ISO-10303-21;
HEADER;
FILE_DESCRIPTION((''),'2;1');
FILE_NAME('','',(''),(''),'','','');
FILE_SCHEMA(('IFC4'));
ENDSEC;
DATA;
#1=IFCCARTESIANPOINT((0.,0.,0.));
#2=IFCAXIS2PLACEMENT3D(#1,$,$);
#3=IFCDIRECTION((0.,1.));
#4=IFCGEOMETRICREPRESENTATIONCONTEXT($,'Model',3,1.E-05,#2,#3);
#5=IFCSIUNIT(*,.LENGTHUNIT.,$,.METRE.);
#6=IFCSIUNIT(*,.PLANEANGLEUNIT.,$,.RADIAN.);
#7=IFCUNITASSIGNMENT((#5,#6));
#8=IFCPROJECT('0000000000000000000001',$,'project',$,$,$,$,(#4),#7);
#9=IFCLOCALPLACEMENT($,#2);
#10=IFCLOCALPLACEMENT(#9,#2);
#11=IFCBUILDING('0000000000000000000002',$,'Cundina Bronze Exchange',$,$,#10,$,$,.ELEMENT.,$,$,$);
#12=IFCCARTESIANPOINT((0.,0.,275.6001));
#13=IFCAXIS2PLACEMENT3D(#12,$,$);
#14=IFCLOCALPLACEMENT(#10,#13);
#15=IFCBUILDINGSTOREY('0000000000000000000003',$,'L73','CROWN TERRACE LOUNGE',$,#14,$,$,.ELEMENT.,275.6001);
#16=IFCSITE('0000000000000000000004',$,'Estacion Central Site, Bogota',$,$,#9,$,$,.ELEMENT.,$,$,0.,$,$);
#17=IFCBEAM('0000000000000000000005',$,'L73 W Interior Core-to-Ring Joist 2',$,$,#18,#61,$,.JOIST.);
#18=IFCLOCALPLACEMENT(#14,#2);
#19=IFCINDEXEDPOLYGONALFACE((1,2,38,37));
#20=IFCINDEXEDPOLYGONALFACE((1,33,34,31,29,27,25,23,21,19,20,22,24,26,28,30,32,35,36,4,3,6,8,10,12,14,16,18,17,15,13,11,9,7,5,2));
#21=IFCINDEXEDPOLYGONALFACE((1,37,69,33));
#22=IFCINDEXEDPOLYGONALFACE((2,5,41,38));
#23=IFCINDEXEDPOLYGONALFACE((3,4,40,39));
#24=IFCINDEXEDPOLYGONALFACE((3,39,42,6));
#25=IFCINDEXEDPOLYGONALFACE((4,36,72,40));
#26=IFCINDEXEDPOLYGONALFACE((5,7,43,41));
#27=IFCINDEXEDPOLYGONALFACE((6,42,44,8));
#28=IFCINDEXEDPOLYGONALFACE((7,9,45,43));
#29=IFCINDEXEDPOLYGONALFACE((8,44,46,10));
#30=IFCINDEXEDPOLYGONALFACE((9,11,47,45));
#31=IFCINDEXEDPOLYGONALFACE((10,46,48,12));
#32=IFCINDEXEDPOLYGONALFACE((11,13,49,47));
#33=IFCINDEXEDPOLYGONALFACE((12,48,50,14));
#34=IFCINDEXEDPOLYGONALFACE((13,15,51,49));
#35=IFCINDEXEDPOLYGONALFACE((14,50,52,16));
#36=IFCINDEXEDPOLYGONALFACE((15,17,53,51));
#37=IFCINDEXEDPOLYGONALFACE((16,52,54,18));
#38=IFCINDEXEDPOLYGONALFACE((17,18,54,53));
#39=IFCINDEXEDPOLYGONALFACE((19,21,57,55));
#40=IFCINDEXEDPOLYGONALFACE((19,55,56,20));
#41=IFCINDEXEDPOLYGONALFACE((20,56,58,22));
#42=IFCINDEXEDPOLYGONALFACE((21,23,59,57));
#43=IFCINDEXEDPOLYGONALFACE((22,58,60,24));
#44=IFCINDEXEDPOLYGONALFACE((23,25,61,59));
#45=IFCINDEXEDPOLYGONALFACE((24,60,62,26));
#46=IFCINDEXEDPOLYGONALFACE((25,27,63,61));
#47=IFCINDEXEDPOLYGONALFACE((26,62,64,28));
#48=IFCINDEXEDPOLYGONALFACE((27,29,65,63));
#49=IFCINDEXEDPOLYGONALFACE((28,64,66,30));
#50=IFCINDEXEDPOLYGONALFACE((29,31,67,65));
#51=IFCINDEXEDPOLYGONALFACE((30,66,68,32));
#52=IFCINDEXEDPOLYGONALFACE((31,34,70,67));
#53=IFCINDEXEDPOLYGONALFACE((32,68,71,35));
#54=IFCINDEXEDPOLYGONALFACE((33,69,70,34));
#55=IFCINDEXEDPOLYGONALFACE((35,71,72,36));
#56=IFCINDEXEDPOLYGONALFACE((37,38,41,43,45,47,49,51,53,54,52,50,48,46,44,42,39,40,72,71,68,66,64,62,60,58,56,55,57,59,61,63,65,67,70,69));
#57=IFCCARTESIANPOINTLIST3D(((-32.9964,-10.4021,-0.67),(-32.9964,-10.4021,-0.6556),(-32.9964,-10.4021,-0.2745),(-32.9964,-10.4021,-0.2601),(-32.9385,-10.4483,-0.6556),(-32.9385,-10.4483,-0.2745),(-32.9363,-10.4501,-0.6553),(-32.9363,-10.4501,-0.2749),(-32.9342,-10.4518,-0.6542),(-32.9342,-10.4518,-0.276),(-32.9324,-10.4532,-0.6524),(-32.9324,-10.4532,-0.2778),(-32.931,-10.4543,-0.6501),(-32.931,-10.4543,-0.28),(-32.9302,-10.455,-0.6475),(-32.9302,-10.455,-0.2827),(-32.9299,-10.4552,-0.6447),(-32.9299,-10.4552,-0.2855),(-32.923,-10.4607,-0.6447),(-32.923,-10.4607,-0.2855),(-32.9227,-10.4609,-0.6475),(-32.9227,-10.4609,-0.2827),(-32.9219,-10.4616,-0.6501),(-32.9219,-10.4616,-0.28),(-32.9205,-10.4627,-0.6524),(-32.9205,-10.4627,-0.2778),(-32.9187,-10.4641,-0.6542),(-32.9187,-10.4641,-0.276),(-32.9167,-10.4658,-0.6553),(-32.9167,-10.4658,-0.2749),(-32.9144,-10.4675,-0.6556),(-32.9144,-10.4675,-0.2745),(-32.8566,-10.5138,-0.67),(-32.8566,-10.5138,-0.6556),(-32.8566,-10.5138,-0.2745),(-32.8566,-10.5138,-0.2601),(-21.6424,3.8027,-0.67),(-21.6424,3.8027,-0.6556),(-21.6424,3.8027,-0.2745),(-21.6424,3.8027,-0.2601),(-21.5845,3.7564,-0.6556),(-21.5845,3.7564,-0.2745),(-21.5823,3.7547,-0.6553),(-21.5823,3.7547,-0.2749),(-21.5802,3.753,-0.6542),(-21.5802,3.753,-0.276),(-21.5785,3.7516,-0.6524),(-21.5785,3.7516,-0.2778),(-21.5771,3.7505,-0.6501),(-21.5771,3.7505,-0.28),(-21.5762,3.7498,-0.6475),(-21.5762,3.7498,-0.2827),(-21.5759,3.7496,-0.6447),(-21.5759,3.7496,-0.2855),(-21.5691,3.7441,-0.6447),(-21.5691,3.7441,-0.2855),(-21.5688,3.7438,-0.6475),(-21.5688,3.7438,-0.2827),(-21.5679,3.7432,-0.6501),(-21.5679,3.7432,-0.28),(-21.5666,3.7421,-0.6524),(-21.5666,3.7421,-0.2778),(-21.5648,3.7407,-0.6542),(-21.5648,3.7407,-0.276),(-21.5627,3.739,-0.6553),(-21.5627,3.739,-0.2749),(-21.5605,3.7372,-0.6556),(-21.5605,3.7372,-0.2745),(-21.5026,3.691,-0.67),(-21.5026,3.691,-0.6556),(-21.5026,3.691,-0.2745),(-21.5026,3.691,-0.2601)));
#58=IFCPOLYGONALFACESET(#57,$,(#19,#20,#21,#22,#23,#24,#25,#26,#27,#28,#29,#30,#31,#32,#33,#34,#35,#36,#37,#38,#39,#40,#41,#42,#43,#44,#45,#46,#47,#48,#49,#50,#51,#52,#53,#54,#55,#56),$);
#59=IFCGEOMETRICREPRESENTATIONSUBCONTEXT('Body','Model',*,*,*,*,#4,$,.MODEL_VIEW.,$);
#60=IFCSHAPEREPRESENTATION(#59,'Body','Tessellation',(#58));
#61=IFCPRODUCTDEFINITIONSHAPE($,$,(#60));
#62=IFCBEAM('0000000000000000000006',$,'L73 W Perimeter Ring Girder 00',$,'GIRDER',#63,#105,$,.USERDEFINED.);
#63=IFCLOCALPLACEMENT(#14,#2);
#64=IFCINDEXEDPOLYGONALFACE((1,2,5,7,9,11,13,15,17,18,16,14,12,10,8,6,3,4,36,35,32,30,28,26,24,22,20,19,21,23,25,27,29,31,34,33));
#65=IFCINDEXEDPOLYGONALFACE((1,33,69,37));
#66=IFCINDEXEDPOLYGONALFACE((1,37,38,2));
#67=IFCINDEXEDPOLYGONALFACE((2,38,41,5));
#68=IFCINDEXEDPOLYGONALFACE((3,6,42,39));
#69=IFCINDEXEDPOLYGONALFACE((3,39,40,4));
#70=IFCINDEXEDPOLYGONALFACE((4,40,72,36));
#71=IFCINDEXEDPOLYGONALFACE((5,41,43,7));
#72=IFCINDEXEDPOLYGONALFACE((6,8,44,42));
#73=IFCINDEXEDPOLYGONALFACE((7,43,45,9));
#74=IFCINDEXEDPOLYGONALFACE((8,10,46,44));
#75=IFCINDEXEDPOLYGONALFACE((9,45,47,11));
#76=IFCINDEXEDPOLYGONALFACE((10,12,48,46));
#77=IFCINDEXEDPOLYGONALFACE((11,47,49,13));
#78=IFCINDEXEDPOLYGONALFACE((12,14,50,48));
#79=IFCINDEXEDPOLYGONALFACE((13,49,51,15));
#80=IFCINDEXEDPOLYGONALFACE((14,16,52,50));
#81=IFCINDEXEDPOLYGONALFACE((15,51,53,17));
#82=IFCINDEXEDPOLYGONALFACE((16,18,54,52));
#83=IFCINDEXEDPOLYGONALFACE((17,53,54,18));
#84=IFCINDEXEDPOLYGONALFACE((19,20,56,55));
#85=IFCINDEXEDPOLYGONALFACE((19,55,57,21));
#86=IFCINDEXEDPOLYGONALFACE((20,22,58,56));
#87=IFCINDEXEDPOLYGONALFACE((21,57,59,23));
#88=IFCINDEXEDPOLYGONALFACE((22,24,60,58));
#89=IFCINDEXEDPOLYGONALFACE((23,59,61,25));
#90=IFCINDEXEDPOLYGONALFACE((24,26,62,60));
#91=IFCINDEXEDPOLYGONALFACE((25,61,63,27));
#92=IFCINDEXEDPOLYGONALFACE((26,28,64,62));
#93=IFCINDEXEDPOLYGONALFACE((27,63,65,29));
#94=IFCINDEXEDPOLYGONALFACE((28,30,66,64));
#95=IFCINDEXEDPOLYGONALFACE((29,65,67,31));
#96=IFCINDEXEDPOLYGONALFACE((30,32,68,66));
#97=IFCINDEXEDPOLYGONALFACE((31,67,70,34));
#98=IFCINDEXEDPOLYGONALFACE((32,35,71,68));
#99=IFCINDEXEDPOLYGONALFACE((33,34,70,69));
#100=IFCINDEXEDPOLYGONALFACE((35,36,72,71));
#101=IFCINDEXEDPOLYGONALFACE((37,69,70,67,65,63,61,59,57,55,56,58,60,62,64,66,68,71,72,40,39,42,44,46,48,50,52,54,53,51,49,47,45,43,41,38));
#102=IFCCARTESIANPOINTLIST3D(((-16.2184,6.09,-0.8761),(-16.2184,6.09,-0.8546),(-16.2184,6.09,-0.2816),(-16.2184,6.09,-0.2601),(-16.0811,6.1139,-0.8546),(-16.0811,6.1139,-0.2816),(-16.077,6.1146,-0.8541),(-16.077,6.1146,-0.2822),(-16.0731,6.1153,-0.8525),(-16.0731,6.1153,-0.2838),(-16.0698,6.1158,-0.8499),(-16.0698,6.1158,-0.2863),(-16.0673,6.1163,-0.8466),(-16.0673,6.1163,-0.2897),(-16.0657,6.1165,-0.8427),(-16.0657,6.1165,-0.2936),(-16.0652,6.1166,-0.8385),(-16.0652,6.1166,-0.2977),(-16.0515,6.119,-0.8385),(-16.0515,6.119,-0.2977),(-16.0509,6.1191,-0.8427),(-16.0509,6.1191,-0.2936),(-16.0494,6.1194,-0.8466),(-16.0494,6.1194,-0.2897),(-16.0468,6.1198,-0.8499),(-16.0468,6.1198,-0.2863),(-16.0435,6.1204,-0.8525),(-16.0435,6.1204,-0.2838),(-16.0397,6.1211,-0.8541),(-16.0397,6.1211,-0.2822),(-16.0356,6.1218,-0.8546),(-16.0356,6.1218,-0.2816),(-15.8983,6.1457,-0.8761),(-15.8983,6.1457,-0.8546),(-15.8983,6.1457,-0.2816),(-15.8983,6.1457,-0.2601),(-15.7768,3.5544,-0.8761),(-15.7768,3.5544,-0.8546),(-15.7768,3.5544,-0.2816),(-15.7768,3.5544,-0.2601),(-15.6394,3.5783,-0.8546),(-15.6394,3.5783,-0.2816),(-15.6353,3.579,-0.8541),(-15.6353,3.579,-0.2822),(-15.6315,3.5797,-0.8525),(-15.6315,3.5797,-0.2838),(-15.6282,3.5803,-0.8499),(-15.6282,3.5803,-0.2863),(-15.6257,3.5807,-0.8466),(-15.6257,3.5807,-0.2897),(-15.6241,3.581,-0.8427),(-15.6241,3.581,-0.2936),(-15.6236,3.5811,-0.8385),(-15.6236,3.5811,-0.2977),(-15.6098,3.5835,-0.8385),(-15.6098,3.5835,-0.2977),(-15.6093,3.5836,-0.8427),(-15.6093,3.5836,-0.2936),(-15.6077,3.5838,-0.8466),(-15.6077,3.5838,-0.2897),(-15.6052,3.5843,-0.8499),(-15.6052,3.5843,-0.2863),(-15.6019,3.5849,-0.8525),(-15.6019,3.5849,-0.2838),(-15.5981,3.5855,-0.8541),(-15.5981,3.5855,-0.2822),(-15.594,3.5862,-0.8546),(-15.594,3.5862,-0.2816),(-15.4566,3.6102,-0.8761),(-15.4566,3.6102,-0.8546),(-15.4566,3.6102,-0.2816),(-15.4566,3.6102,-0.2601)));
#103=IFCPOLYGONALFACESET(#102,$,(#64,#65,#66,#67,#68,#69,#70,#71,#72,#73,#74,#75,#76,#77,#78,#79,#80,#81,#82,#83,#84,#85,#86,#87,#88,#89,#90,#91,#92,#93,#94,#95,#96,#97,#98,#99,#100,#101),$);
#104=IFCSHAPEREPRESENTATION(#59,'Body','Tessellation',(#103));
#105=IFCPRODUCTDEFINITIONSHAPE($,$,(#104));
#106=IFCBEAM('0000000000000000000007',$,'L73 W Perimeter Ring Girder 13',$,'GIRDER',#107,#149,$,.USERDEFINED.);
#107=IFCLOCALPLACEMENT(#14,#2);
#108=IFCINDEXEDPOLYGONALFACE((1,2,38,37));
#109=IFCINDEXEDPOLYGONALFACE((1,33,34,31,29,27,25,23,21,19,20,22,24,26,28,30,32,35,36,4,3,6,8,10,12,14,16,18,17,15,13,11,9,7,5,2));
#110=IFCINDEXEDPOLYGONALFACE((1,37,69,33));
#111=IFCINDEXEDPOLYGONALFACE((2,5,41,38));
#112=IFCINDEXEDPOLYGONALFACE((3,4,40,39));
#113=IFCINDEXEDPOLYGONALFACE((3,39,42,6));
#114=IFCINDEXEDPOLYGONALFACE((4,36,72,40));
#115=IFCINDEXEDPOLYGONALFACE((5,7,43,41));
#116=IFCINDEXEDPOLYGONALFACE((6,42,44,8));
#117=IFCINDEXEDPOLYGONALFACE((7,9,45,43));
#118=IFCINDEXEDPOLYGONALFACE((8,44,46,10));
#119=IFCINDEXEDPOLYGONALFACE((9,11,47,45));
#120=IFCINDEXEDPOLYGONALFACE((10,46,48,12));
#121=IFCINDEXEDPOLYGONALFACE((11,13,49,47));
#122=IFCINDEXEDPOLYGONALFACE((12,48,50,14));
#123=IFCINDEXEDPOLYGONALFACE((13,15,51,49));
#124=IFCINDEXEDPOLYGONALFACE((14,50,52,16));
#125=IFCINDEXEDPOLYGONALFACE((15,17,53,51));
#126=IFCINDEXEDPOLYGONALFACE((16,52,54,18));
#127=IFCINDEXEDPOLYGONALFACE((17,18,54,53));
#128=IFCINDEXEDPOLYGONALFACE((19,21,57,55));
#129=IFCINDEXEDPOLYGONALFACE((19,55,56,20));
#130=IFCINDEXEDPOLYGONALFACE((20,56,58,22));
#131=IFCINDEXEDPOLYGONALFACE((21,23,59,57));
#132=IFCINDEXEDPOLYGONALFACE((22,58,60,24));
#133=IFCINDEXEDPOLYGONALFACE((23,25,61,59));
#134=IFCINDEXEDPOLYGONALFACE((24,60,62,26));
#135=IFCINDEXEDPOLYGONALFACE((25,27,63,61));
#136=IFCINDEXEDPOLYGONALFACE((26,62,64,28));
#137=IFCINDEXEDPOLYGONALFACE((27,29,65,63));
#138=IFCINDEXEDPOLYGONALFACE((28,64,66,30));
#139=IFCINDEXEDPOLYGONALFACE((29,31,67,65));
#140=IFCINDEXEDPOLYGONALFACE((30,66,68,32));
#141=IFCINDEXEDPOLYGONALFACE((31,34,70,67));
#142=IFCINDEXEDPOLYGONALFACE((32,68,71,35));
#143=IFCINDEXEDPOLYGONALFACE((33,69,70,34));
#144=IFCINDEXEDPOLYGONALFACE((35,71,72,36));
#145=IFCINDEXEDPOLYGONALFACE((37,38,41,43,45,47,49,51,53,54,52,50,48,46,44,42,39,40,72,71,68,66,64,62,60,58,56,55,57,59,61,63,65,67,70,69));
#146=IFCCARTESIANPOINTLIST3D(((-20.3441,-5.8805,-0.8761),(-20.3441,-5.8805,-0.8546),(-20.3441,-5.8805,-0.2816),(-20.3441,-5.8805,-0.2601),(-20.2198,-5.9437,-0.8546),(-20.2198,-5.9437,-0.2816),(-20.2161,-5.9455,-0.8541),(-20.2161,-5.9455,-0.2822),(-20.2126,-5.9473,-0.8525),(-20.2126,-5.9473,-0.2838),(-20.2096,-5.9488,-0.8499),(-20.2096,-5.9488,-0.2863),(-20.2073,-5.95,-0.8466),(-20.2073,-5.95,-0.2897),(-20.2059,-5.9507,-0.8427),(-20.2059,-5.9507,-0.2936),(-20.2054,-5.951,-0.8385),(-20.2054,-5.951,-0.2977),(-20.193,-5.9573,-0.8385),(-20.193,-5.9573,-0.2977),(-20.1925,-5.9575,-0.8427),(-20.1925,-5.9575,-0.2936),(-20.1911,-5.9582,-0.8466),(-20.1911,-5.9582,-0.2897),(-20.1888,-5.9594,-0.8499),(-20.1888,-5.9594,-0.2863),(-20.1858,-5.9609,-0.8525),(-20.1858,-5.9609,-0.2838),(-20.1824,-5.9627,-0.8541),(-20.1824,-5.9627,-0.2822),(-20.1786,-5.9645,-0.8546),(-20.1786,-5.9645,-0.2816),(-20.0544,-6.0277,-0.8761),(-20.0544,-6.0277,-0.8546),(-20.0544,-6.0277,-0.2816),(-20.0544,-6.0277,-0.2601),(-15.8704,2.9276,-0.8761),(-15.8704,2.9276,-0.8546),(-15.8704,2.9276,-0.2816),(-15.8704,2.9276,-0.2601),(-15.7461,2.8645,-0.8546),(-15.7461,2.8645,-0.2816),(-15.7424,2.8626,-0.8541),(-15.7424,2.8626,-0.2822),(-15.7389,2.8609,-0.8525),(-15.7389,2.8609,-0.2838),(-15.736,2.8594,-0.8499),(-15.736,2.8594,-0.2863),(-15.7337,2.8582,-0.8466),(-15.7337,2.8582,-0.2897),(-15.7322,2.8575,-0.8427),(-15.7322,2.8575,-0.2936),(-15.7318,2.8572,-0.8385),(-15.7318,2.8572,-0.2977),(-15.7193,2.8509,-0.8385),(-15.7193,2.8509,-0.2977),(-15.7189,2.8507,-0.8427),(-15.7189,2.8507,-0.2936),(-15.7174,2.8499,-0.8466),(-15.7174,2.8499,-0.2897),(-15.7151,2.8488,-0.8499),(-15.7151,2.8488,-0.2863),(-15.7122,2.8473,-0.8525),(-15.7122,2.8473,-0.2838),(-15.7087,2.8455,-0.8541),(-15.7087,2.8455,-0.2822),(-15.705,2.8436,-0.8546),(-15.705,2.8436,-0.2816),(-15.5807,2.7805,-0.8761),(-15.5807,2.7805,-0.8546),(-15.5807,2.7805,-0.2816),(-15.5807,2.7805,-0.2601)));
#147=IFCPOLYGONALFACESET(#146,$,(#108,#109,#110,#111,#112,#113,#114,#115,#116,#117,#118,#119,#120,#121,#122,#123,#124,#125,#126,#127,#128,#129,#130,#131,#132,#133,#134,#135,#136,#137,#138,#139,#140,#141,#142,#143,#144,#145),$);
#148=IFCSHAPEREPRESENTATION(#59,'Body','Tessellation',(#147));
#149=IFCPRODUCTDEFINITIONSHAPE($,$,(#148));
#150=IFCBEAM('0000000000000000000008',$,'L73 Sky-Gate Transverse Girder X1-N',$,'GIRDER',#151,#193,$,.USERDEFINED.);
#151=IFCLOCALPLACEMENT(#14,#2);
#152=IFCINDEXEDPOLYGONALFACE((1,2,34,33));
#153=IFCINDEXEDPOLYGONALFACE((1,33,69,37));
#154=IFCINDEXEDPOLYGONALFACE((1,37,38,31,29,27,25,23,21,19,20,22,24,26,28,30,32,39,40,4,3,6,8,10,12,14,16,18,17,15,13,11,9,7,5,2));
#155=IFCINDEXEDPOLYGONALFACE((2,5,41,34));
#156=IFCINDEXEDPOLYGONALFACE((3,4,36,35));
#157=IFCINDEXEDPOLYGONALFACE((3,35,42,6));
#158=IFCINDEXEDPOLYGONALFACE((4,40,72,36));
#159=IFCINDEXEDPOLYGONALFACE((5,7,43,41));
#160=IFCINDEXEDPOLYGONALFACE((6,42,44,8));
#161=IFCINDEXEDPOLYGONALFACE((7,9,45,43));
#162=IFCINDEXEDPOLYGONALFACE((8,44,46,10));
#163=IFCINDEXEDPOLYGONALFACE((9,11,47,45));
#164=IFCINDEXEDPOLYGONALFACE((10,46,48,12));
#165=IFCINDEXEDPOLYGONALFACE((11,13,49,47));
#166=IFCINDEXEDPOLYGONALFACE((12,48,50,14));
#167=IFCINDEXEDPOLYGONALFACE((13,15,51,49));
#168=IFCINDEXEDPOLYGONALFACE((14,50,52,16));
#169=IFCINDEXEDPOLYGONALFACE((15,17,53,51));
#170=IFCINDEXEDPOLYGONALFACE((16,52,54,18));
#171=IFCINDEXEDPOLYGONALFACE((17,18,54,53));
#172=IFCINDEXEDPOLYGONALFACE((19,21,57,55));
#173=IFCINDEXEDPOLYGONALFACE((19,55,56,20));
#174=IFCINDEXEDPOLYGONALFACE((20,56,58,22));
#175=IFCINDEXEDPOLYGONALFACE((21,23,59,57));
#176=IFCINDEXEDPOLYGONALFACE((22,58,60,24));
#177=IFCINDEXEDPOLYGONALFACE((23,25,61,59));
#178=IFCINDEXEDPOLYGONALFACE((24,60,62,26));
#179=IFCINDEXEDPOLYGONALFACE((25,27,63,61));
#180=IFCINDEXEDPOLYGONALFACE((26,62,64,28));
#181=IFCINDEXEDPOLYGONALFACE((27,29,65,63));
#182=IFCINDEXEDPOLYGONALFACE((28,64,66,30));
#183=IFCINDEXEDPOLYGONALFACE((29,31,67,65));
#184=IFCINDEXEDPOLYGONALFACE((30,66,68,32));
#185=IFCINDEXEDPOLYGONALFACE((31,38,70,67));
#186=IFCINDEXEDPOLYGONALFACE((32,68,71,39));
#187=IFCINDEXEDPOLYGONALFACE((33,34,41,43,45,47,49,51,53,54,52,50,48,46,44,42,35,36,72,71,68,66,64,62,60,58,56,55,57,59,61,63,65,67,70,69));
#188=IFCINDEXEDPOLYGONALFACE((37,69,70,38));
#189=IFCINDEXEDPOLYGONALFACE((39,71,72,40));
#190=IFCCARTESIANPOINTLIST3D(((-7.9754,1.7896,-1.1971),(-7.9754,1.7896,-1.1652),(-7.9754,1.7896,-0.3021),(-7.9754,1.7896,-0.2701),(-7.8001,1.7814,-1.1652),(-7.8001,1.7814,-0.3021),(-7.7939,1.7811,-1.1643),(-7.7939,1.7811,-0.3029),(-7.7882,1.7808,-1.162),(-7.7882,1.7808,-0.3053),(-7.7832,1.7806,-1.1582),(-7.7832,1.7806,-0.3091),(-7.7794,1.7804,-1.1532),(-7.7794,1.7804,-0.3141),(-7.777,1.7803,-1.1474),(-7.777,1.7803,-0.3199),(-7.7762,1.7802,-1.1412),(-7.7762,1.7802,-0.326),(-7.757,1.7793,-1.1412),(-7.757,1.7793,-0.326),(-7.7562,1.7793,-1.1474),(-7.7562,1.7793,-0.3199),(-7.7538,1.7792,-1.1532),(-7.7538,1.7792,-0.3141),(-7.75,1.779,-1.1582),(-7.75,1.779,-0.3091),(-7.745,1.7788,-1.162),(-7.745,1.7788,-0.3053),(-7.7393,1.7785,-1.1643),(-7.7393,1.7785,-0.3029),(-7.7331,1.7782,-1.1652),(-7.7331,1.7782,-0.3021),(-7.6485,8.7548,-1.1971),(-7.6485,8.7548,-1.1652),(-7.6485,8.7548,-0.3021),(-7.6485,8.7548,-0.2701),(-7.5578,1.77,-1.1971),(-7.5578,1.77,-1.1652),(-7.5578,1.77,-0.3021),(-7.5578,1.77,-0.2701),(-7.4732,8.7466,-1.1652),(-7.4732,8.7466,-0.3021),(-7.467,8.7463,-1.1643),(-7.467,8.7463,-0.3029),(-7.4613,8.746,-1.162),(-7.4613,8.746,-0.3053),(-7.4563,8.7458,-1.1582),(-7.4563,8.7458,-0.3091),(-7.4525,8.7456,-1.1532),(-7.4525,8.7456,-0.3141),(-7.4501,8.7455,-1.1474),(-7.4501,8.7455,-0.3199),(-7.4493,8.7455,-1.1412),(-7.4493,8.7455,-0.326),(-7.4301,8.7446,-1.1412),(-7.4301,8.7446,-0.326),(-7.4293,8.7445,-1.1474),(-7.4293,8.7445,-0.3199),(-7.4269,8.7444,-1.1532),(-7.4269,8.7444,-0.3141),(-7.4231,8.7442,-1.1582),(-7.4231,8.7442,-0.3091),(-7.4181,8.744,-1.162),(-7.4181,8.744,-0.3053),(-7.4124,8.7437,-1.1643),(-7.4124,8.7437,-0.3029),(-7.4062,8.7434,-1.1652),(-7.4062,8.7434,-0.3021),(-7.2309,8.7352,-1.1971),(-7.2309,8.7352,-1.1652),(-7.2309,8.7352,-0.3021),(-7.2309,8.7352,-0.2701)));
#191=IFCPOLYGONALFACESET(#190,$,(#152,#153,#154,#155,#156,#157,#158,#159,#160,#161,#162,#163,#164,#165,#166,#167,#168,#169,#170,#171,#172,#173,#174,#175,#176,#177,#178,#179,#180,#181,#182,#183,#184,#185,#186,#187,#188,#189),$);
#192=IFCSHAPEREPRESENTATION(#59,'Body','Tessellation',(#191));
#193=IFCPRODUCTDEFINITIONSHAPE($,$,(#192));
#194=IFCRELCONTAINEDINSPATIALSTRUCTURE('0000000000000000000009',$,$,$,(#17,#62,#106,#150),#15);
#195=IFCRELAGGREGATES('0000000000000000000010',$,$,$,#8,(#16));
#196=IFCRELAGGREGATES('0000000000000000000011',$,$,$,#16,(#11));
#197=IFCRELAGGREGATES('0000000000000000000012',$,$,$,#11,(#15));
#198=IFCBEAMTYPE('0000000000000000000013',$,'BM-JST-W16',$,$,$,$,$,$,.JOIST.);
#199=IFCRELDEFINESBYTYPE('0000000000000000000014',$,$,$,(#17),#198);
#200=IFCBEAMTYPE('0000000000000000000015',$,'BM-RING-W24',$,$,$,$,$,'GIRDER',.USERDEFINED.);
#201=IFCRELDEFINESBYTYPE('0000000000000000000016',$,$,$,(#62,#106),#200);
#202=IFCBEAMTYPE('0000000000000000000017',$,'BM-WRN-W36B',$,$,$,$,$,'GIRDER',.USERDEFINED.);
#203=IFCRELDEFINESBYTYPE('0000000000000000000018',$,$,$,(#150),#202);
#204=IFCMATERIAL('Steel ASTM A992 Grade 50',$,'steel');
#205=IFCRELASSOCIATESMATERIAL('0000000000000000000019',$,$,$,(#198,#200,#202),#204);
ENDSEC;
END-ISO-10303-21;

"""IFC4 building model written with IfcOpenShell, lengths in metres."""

from ifc_helpers import new_model, si_unit, direction, frame, origin, origin_2d, place, context, subcontext, project, spatial, i_section, extrude, material, material_profile, profile_set, type_object, element, save


model = new_model("IFC4")

# Units and contexts
model_context = context("Model", 3, precision=1e-05, world=origin(), true_north=direction((0.0, 1.0)))
body_context = subcontext(model_context, "Body", "Model", "MODEL_VIEW")
ifc_project = project(units=[si_unit("LENGTHUNIT", "METRE"), si_unit("PLANEANGLEUNIT", "RADIAN")], contexts=[model_context])

# Site, building, storey
site_placement = place(None, origin())
site = spatial("IfcSite", under=ifc_project, at=site_placement, Name="Estacion Central Site, Bogota", CompositionType="ELEMENT", RefElevation=0.0)
building_placement = place(site_placement, origin())
building = spatial("IfcBuilding", under=site, at=building_placement, Name="Cundina Bronze Exchange", CompositionType="ELEMENT")
storey_placement = place(building_placement, frame((0.0, 0.0, 275.6001)))
storey = spatial("IfcBuildingStorey", under=building, at=storey_placement, Name="L73", Description="CROWN TERRACE LOUNGE", CompositionType="ELEMENT", Elevation=275.6001)

# Beams
ifc_material_1 = material(Name="Steel ASTM A992 Grade 50", Category="steel")
ifc_material_profile_1 = material_profile(ifc_material_1, i_section(OverallWidth=0.179, OverallDepth=0.4099, WebThickness=0.0088, FlangeThickness=0.0144, FilletRadius=0.011, at=origin_2d()), Name="W16X45", Category="steel")
ifc_profile_set_1 = profile_set([ifc_material_profile_1], Name="Steel ASTM A992 Grade 50")
beam_type_1 = type_object("IfcBeamType", Name="BM-JST-W16", PredefinedType="JOIST", material=ifc_profile_set_1)
beam_1_placement = place(storey_placement, frame((-21.5725, 3.7468, -0.4651), z_axis=(-0.624364, -0.781133, 0.0), x_axis=(0.781133, -0.624364, 0.0)))
element("IfcBeam", 1, at=beam_1_placement, inside=storey, type_object=beam_type_1, Name="L73 W Interior Core-to-Ring Joist 2", PredefinedType="JOIST", context=body_context, shape_type="SweptSolid", body=[
    extrude(i_section(OverallWidth=0.179, OverallDepth=0.4099, WebThickness=0.0088, FlangeThickness=0.0144, FilletRadius=0.011, at=origin_2d()), origin(), (0.0, 0.0, 1.0), 18.1848),
])
ifc_material_profile_2 = material_profile(ifc_material_1, i_section(OverallWidth=0.325, OverallDepth=0.616, WebThickness=0.0139, FlangeThickness=0.0215, FilletRadius=0.0161, at=origin_2d()), Name="W24X117", Category="steel")
ifc_profile_set_2 = profile_set([ifc_material_profile_2], Name="Steel ASTM A992 Grade 50")
beam_type_2 = type_object("IfcBeamType", Name="BM-RING-W24", ElementType="GIRDER", PredefinedType="USERDEFINED", material=ifc_profile_set_2)
beam_2_placement = place(storey_placement, frame((-15.6167, 3.5823, -0.5681), z_axis=(-0.171593, 0.985168, 0.0), x_axis=(-0.985168, -0.171593, 0.0)))
element("IfcBeam", 2, at=beam_2_placement, inside=storey, type_object=beam_type_2, Name="L73 W Perimeter Ring Girder 00", ObjectType="GIRDER", PredefinedType="USERDEFINED", context=body_context, shape_type="SweptSolid", body=[
    extrude(i_section(OverallWidth=0.325, OverallDepth=0.616, WebThickness=0.0139, FlangeThickness=0.0215, FilletRadius=0.0161, at=origin_2d()), origin(), (0.0, 0.0, 1.0), 2.5737),
])
beam_3_placement = place(storey_placement, frame((-20.1992, -5.9541, -0.5681), z_axis=(0.452839, 0.891592, 0.0), x_axis=(-0.891592, 0.452839, 0.0)))
element("IfcBeam", 3, at=beam_3_placement, inside=storey, type_object=beam_type_2, Name="L73 W Perimeter Ring Girder 13", ObjectType="GIRDER", PredefinedType="USERDEFINED", context=body_context, shape_type="SweptSolid", body=[
    extrude(i_section(OverallWidth=0.325, OverallDepth=0.616, WebThickness=0.0139, FlangeThickness=0.0215, FilletRadius=0.0161, at=origin_2d()), origin(), (0.0, 0.0, 1.0), 9.8792),
])
ifc_material_profile_3 = material_profile(ifc_material_1, i_section(OverallWidth=0.418, OverallDepth=0.927, WebThickness=0.0193, FlangeThickness=0.032, FilletRadius=0.0239, at=origin_2d()), Name="W36X231", Category="steel")
ifc_profile_set_3 = profile_set([ifc_material_profile_3], Name="Steel ASTM A992 Grade 50")
beam_type_3 = type_object("IfcBeamType", Name="BM-WRN-W36B", ElementType="GIRDER", PredefinedType="USERDEFINED", material=ifc_profile_set_3)
beam_4_placement = place(storey_placement, frame((-7.7666, 1.7798, -0.7336), z_axis=(0.046881, 0.9989, 0.0), x_axis=(-0.9989, 0.046881, 0.0)))
element("IfcBeam", 4, at=beam_4_placement, inside=storey, type_object=beam_type_3, Name="L73 Sky-Gate Transverse Girder X1-N", ObjectType="GIRDER", PredefinedType="USERDEFINED", context=body_context, shape_type="SweptSolid", body=[
    extrude(i_section(OverallWidth=0.418, OverallDepth=0.927, WebThickness=0.0193, FlangeThickness=0.032, FilletRadius=0.0239, at=origin_2d()), origin(), (0.0, 0.0, 1.0), 6.9729),
])

save(model, "model.ifc")
